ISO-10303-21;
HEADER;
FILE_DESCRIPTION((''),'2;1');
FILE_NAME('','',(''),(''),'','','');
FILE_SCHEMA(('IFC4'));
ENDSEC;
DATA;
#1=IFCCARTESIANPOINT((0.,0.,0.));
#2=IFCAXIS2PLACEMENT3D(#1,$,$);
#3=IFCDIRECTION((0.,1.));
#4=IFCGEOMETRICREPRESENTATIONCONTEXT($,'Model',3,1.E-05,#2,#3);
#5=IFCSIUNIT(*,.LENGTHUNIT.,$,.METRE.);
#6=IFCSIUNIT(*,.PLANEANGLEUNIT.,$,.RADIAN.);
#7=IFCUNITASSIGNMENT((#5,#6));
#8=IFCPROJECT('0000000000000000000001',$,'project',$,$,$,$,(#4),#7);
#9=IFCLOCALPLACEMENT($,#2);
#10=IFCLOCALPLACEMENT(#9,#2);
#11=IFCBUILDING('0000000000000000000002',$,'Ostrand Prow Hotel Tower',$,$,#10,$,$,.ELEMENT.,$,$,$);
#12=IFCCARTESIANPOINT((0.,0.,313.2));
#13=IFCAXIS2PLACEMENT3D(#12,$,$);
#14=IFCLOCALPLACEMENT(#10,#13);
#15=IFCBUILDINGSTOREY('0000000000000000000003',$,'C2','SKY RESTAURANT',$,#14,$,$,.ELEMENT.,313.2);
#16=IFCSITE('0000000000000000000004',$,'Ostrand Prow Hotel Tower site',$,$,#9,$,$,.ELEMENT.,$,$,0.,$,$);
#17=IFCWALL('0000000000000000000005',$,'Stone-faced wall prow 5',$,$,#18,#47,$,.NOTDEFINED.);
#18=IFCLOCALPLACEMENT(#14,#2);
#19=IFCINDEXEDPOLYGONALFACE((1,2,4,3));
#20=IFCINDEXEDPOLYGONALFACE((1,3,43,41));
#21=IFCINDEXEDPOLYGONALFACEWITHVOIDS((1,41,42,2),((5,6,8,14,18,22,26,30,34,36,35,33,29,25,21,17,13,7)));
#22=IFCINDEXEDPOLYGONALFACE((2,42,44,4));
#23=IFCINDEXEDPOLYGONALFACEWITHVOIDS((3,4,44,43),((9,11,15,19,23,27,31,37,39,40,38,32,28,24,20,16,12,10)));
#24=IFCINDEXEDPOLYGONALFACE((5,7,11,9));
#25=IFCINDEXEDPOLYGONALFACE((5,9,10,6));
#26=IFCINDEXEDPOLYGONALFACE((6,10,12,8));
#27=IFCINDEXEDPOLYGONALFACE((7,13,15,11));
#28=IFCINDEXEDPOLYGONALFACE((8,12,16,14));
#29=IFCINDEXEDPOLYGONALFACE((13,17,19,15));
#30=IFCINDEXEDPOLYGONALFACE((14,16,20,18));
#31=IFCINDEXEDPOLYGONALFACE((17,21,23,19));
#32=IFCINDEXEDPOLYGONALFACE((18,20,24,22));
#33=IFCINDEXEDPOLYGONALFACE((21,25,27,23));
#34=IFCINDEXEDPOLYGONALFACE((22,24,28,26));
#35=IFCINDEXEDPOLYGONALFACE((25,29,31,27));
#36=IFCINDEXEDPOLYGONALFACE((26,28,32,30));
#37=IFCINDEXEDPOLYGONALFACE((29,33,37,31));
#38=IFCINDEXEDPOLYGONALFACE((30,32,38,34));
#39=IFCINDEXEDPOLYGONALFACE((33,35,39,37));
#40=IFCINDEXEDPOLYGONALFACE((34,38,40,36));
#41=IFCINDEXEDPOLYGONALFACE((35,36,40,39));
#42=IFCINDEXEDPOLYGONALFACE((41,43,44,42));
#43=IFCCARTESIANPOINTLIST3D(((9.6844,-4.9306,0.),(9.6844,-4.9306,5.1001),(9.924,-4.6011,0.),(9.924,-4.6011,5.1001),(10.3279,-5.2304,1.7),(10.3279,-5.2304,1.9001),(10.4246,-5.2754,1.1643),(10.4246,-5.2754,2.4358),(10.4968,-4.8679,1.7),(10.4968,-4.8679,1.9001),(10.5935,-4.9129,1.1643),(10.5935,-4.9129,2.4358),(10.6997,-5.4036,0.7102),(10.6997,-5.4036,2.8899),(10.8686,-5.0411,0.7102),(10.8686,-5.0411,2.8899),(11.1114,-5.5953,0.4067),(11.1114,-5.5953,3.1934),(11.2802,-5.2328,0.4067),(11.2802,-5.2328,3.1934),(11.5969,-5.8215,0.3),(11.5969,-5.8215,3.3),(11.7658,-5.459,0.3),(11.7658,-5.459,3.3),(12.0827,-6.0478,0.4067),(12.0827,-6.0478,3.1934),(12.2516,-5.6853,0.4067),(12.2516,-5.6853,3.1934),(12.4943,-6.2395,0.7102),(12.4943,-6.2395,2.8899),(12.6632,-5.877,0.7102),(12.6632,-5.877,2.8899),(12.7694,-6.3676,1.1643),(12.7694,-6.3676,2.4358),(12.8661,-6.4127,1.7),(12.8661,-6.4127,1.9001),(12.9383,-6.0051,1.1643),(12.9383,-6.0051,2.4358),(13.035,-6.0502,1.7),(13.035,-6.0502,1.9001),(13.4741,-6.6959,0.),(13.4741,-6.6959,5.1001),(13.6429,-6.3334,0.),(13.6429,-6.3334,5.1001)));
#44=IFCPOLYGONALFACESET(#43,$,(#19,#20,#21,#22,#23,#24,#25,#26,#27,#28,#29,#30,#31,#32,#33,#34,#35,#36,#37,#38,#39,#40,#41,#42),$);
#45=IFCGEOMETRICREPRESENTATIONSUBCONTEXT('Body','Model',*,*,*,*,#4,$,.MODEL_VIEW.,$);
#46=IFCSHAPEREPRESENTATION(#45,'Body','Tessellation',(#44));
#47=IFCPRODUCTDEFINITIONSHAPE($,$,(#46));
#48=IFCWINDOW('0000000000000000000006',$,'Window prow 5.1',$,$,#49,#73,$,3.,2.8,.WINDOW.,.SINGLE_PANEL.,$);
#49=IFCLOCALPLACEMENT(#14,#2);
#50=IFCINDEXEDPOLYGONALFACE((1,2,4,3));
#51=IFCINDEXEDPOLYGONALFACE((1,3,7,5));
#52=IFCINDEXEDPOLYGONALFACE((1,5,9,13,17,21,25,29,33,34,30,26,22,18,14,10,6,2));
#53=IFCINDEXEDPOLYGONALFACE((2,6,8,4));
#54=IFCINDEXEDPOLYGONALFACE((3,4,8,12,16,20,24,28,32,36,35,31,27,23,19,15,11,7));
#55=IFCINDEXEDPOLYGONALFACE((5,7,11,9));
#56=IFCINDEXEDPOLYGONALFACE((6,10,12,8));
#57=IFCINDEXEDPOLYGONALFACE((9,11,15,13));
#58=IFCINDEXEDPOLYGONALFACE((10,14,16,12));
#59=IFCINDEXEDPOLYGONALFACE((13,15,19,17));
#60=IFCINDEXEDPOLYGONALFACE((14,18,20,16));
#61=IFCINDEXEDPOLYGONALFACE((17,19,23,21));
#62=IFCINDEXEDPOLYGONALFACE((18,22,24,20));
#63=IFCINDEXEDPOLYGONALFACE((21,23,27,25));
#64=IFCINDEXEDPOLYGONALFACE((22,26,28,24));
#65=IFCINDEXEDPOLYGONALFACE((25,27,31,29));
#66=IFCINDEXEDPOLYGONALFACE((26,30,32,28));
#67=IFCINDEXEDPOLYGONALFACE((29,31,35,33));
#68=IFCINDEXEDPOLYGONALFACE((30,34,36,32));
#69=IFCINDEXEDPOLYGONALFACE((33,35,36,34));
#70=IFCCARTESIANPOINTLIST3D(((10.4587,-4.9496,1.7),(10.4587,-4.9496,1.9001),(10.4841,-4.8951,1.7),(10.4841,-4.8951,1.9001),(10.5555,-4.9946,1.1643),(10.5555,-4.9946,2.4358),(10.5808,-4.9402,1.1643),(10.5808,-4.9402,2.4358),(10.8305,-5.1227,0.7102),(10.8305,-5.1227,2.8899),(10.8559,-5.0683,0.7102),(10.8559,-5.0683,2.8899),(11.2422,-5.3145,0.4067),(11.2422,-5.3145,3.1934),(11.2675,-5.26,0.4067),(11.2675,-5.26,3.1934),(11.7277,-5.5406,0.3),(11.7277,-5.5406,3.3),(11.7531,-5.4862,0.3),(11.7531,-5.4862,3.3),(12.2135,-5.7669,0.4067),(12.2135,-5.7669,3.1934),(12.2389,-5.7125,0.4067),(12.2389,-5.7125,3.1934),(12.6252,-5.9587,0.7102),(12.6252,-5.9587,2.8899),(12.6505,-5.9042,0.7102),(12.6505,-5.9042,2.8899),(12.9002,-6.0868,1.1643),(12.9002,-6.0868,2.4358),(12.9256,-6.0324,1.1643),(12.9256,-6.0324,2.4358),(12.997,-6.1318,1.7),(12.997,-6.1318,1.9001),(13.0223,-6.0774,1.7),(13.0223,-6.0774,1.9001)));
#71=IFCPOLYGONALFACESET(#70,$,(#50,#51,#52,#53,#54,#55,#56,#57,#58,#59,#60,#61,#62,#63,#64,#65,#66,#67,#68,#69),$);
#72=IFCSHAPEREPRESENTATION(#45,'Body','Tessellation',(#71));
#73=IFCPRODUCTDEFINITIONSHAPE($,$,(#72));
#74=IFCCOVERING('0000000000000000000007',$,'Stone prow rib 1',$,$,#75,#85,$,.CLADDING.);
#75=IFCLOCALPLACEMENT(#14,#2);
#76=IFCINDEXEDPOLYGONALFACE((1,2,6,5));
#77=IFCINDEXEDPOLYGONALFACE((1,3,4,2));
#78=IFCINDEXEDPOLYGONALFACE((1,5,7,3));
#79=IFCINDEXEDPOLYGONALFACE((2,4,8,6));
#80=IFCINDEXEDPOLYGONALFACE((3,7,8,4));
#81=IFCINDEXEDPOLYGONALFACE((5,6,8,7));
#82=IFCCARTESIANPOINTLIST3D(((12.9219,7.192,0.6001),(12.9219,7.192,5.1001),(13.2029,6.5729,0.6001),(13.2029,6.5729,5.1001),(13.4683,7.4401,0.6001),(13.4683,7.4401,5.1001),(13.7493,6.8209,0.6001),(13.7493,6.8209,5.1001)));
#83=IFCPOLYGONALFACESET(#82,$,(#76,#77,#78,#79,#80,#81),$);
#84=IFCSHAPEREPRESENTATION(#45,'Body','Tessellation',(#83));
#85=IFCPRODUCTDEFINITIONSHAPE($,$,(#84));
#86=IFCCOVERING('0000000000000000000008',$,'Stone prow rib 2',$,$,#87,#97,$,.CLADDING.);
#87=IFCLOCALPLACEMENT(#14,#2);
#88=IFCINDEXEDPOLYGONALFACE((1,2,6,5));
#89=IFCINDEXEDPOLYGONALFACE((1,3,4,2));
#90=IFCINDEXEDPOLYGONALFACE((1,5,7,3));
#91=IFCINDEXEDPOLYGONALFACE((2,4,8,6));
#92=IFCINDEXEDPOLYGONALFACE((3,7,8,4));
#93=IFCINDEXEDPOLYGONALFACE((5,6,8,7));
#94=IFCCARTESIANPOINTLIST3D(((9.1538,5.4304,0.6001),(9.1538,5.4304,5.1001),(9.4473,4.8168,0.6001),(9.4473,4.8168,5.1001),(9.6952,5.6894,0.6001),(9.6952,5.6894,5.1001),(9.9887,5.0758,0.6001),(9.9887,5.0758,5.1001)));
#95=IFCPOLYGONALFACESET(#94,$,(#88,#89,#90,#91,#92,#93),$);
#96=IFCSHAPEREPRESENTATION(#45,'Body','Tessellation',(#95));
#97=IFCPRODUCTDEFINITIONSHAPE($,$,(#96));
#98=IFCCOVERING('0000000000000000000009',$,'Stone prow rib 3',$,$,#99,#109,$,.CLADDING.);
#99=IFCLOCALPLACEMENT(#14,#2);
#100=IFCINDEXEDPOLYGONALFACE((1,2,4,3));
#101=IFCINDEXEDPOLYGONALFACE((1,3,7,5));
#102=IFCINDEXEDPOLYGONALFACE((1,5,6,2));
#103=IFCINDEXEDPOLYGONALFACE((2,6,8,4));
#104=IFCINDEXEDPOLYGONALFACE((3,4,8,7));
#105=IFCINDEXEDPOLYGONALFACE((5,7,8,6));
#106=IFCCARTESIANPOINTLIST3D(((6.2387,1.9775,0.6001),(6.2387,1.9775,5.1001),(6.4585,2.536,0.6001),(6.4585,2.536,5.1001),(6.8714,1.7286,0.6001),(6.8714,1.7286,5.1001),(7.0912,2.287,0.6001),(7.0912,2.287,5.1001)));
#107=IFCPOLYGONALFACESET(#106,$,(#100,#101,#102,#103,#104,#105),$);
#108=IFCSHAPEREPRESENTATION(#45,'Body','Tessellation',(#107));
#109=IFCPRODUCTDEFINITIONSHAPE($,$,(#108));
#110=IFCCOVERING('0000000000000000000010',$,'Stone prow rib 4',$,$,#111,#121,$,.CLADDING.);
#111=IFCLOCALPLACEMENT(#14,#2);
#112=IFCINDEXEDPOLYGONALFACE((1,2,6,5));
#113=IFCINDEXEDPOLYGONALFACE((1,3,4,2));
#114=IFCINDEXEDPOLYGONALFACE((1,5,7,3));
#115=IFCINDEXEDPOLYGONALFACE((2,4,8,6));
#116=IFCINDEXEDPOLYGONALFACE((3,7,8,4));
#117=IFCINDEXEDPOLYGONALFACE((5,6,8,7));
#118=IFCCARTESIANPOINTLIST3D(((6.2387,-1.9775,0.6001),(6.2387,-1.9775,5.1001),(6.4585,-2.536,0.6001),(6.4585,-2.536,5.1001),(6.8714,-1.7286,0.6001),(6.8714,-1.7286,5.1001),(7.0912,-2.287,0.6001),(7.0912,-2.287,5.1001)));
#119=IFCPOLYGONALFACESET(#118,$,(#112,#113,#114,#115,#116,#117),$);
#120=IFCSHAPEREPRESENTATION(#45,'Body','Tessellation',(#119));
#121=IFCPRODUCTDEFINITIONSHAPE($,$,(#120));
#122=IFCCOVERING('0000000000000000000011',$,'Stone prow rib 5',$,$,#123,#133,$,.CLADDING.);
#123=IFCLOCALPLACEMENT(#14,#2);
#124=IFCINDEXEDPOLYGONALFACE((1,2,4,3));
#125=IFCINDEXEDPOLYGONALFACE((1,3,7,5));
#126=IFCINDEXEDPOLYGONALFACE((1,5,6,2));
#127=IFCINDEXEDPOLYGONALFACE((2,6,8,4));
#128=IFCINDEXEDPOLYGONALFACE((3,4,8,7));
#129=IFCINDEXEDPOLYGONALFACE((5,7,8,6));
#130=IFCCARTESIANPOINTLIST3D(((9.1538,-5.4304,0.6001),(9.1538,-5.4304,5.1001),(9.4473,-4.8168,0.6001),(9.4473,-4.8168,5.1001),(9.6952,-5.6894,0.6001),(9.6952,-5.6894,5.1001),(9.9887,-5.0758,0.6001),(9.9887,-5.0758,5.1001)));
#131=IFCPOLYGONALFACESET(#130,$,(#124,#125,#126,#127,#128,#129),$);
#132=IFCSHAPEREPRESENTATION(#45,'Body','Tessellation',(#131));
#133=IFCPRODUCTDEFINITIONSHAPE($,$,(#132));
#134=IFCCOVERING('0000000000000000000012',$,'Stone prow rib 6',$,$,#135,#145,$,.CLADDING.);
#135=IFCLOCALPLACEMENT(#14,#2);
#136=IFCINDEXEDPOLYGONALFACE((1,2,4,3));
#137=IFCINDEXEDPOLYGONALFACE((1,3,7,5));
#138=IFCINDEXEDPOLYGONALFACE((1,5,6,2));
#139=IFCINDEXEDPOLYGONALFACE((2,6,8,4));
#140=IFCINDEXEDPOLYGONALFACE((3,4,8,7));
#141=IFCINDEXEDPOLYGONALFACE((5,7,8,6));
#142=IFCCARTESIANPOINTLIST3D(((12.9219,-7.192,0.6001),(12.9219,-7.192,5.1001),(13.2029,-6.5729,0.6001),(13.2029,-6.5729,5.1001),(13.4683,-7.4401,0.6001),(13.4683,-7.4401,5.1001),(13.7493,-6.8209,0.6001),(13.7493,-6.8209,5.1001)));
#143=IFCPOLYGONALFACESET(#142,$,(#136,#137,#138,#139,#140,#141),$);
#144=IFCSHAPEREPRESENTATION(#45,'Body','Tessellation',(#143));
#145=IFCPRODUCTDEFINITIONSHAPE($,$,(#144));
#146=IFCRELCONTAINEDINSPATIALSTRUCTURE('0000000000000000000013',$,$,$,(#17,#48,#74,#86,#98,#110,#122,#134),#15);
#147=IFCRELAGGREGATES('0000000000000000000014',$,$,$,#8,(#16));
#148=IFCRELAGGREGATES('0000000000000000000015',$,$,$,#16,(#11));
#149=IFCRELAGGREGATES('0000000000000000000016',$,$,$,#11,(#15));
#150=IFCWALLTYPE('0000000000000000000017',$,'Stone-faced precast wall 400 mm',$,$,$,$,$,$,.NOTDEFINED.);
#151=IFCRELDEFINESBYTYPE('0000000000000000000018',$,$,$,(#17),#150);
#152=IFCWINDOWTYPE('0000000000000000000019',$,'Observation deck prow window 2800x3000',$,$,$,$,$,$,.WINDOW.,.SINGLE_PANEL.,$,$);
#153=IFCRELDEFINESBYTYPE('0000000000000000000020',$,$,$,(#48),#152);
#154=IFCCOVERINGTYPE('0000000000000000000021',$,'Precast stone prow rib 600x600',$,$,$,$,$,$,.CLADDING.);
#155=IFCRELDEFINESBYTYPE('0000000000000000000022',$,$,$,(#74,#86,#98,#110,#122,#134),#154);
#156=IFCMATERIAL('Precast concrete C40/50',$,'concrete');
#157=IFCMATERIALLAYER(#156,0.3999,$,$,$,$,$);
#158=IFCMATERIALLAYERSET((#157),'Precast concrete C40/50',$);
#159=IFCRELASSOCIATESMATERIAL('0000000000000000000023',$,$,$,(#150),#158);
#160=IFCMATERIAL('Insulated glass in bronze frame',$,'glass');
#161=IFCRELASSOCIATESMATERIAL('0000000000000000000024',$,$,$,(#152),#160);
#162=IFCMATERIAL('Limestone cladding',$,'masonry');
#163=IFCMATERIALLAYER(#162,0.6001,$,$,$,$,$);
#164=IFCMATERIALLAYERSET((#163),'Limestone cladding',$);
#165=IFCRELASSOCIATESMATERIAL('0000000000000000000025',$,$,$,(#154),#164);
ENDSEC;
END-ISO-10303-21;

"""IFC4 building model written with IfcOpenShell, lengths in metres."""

from ifc_helpers import new_model, si_unit, direction, frame, frame_2d, origin, place, context, subcontext, project, spatial, polyline, rectangle, outline, extrude, material, layer, layer_set, type_object, element, fill, save


model = new_model("IFC4")

# Units and contexts
model_context = context("Model", 3, precision=1e-05, world=origin(), true_north=direction((0.0, 1.0)))
body_context = subcontext(model_context, "Body", "Model", "MODEL_VIEW")
ifc_project = project(units=[si_unit("LENGTHUNIT", "METRE"), si_unit("PLANEANGLEUNIT", "RADIAN")], contexts=[model_context])

# Site, building, storey
site_placement = place(None, origin())
site = spatial("IfcSite", under=ifc_project, at=site_placement, Name="Ostrand Prow Hotel Tower site", CompositionType="ELEMENT", RefElevation=0.0)
building_placement = place(site_placement, origin())
building = spatial("IfcBuilding", under=site, at=building_placement, Name="Ostrand Prow Hotel Tower", CompositionType="ELEMENT")
storey_placement = place(building_placement, frame((0.0, 0.0, 313.2)))
storey = spatial("IfcBuildingStorey", under=building, at=storey_placement, Name="C2", Description="SKY RESTAURANT", CompositionType="ELEMENT", Elevation=313.2)

# Wall, opening, window
ifc_material_1 = material(Name="Precast concrete C40/50", Category="concrete")
ifc_layer_1 = layer(ifc_material_1, 0.3999)
ifc_layer_set_1 = layer_set([ifc_layer_1], Name="Precast concrete C40/50")
wall_type_1 = type_object("IfcWallType", Name="Stone-faced precast wall 400 mm", PredefinedType="NOTDEFINED", material=ifc_layer_set_1)
ifc_material_2 = material(Name="Insulated glass in bronze frame", Category="glass")
window_type = type_object("IfcWindowType", Name="Observation deck prow window 2800x3000", PartitioningType="SINGLE_PANEL", PredefinedType="WINDOW", material=ifc_material_2)
wall_1_placement = place(storey_placement, frame((9.8042, -4.7659, 0.0), z_axis=(0.0, 0.0, 1.0), x_axis=(0.906486, -0.422237, 0.0)))
wall_1 = element("IfcWall", 1, at=wall_1_placement, inside=storey, type_object=wall_type_1, Name="Stone-faced wall prow 5", PredefinedType="NOTDEFINED", context=body_context, shape_type="SweptSolid", body=[
    extrude(outline(polyline([(-0.0391, -0.2), (4.1416, -0.2), (4.1416, 0.2), (0.0391, 0.2), (-0.0391, -0.2)])), origin(), (0.0, 0.0, 1.0), 5.1001),
])
opening_1_placement = place(wall_1_placement, frame((0.6709, 0.0, 0.3)))
opening_1 = element("IfcOpeningElement", 2, at=opening_1_placement, cuts=wall_1, PredefinedType="OPENING", context=body_context, shape_type="SweptSolid", body=[
    extrude(outline(polyline([(0.0, 1.6001), (0.1067, 2.1357), (0.4102, 2.5898), (0.8643, 2.8933), (1.3999, 3.0), (1.9358, 2.8933), (2.3899, 2.5898), (2.6934, 2.1357), (2.8, 1.6001), (2.8, 1.3999), (2.6934, 0.8643), (2.3899, 0.4102), (1.9358, 0.1067), (1.3999, 0.0), (0.8643, 0.1067), (0.4102, 0.4102), (0.1067, 0.8643), (0.0, 1.3999), (0.0, 1.6001)])), frame((0.0, 0.21, 0.0), z_axis=(0.0, -1.0, 0.0), x_axis=(1.0, 0.0, 0.0)), (0.0, 0.0, 1.0), 0.4199),
])
window_1_placement = place(opening_1_placement, origin())
window_1 = element("IfcWindow", 3, at=window_1_placement, inside=storey, type_object=window_type, Name="Window prow 5.1", OverallHeight=3.0, OverallWidth=2.8, PartitioningType="SINGLE_PANEL", PredefinedType="WINDOW", context=body_context, shape_type="SweptSolid", body=[
    extrude(outline(polyline([(0.0, 1.6001), (0.1067, 2.1357), (0.4102, 2.5898), (0.8643, 2.8933), (1.3999, 3.0), (1.9358, 2.8933), (2.3899, 2.5898), (2.6934, 2.1357), (2.8, 1.6001), (2.8, 1.3999), (2.6934, 0.8643), (2.3899, 0.4102), (1.9358, 0.1067), (1.3999, 0.0), (0.8643, 0.1067), (0.4102, 0.4102), (0.1067, 0.8643), (0.0, 1.3999), (0.0, 1.6001)])), frame((0.0, 0.1699, 0.0), z_axis=(0.0, -1.0, 0.0), x_axis=(1.0, 0.0, 0.0)), (0.0, 0.0, 1.0), 0.0601),
])
fill(opening_1, window_1)

# Coverings
ifc_material_3 = material(Name="Limestone cladding", Category="masonry")
ifc_layer_2 = layer(ifc_material_3, 0.6001)
ifc_layer_set_2 = layer_set([ifc_layer_2], Name="Limestone cladding")
covering_type = type_object("IfcCoveringType", Name="Precast stone prow rib 600x600", PredefinedType="CLADDING", material=ifc_layer_set_2)
covering_1_placement = place(storey_placement, frame((13.4761, 6.697, 0.6001), z_axis=(0.0, 0.0, 1.0), x_axis=(-0.413289, 0.9106, 0.0)))
element("IfcCovering", 4, at=covering_1_placement, inside=storey, type_object=covering_type, Name="Stone prow rib 1", PredefinedType="CLADDING", context=body_context, shape_type="SweptSolid", body=[
    extrude(rectangle(XDim=0.6799, YDim=0.6001, at=frame_2d((0.3398, 0.0))), origin(), (0.0, 0.0, 1.0), 4.5),
])
covering_2_placement = place(storey_placement, frame((9.718, 4.9463, 0.6001), z_axis=(0.0, 0.0, 1.0), x_axis=(-0.431494, 0.902116, 0.0)))
element("IfcCovering", 5, at=covering_2_placement, inside=storey, type_object=covering_type, Name="Stone prow rib 2", PredefinedType="CLADDING", context=body_context, shape_type="SweptSolid", body=[
    extrude(rectangle(XDim=0.6802, YDim=0.6001, at=frame_2d((0.3401, 0.0))), origin(), (0.0, 0.0, 1.0), 4.5),
])
for number, where, z_axis, x_axis, name in (
    (6, (6.9812, 2.0078, 0.6001), (0.0, 0.0, 1.0), (-0.930542, 0.366185, 0.0), "Stone prow rib 3"),
    (7, (6.9812, -2.0078, 0.6001), (0.0, 0.0, 1.0), (-0.930542, -0.366185, 0.0), "Stone prow rib 4"),
):
    element("IfcCovering", number, at=place(storey_placement, frame(where, z_axis=z_axis, x_axis=x_axis)), inside=storey, type_object=covering_type, Name=name, PredefinedType="CLADDING", context=body_context, shape_type="SweptSolid", body=[
        extrude(rectangle(XDim=0.6799, YDim=0.6001, at=frame_2d((0.3398, 0.0))), origin(), (0.0, 0.0, 1.0), 4.5),
    ])
covering_3_placement = place(storey_placement, frame((9.718, -4.9463, 0.6001), z_axis=(0.0, 0.0, 1.0), x_axis=(-0.431494, -0.902116, 0.0)))
element("IfcCovering", 8, at=covering_3_placement, inside=storey, type_object=covering_type, Name="Stone prow rib 5", PredefinedType="CLADDING", context=body_context, shape_type="SweptSolid", body=[
    extrude(rectangle(XDim=0.6802, YDim=0.6001, at=frame_2d((0.3401, 0.0))), origin(), (0.0, 0.0, 1.0), 4.5),
])
covering_4_placement = place(storey_placement, frame((13.4761, -6.697, 0.6001), z_axis=(0.0, 0.0, 1.0), x_axis=(-0.413289, -0.9106, 0.0)))
element("IfcCovering", 9, at=covering_4_placement, inside=storey, type_object=covering_type, Name="Stone prow rib 6", PredefinedType="CLADDING", context=body_context, shape_type="SweptSolid", body=[
    extrude(rectangle(XDim=0.6799, YDim=0.6001, at=frame_2d((0.3398, 0.0))), origin(), (0.0, 0.0, 1.0), 4.5),
])

save(model, "model.ifc")
